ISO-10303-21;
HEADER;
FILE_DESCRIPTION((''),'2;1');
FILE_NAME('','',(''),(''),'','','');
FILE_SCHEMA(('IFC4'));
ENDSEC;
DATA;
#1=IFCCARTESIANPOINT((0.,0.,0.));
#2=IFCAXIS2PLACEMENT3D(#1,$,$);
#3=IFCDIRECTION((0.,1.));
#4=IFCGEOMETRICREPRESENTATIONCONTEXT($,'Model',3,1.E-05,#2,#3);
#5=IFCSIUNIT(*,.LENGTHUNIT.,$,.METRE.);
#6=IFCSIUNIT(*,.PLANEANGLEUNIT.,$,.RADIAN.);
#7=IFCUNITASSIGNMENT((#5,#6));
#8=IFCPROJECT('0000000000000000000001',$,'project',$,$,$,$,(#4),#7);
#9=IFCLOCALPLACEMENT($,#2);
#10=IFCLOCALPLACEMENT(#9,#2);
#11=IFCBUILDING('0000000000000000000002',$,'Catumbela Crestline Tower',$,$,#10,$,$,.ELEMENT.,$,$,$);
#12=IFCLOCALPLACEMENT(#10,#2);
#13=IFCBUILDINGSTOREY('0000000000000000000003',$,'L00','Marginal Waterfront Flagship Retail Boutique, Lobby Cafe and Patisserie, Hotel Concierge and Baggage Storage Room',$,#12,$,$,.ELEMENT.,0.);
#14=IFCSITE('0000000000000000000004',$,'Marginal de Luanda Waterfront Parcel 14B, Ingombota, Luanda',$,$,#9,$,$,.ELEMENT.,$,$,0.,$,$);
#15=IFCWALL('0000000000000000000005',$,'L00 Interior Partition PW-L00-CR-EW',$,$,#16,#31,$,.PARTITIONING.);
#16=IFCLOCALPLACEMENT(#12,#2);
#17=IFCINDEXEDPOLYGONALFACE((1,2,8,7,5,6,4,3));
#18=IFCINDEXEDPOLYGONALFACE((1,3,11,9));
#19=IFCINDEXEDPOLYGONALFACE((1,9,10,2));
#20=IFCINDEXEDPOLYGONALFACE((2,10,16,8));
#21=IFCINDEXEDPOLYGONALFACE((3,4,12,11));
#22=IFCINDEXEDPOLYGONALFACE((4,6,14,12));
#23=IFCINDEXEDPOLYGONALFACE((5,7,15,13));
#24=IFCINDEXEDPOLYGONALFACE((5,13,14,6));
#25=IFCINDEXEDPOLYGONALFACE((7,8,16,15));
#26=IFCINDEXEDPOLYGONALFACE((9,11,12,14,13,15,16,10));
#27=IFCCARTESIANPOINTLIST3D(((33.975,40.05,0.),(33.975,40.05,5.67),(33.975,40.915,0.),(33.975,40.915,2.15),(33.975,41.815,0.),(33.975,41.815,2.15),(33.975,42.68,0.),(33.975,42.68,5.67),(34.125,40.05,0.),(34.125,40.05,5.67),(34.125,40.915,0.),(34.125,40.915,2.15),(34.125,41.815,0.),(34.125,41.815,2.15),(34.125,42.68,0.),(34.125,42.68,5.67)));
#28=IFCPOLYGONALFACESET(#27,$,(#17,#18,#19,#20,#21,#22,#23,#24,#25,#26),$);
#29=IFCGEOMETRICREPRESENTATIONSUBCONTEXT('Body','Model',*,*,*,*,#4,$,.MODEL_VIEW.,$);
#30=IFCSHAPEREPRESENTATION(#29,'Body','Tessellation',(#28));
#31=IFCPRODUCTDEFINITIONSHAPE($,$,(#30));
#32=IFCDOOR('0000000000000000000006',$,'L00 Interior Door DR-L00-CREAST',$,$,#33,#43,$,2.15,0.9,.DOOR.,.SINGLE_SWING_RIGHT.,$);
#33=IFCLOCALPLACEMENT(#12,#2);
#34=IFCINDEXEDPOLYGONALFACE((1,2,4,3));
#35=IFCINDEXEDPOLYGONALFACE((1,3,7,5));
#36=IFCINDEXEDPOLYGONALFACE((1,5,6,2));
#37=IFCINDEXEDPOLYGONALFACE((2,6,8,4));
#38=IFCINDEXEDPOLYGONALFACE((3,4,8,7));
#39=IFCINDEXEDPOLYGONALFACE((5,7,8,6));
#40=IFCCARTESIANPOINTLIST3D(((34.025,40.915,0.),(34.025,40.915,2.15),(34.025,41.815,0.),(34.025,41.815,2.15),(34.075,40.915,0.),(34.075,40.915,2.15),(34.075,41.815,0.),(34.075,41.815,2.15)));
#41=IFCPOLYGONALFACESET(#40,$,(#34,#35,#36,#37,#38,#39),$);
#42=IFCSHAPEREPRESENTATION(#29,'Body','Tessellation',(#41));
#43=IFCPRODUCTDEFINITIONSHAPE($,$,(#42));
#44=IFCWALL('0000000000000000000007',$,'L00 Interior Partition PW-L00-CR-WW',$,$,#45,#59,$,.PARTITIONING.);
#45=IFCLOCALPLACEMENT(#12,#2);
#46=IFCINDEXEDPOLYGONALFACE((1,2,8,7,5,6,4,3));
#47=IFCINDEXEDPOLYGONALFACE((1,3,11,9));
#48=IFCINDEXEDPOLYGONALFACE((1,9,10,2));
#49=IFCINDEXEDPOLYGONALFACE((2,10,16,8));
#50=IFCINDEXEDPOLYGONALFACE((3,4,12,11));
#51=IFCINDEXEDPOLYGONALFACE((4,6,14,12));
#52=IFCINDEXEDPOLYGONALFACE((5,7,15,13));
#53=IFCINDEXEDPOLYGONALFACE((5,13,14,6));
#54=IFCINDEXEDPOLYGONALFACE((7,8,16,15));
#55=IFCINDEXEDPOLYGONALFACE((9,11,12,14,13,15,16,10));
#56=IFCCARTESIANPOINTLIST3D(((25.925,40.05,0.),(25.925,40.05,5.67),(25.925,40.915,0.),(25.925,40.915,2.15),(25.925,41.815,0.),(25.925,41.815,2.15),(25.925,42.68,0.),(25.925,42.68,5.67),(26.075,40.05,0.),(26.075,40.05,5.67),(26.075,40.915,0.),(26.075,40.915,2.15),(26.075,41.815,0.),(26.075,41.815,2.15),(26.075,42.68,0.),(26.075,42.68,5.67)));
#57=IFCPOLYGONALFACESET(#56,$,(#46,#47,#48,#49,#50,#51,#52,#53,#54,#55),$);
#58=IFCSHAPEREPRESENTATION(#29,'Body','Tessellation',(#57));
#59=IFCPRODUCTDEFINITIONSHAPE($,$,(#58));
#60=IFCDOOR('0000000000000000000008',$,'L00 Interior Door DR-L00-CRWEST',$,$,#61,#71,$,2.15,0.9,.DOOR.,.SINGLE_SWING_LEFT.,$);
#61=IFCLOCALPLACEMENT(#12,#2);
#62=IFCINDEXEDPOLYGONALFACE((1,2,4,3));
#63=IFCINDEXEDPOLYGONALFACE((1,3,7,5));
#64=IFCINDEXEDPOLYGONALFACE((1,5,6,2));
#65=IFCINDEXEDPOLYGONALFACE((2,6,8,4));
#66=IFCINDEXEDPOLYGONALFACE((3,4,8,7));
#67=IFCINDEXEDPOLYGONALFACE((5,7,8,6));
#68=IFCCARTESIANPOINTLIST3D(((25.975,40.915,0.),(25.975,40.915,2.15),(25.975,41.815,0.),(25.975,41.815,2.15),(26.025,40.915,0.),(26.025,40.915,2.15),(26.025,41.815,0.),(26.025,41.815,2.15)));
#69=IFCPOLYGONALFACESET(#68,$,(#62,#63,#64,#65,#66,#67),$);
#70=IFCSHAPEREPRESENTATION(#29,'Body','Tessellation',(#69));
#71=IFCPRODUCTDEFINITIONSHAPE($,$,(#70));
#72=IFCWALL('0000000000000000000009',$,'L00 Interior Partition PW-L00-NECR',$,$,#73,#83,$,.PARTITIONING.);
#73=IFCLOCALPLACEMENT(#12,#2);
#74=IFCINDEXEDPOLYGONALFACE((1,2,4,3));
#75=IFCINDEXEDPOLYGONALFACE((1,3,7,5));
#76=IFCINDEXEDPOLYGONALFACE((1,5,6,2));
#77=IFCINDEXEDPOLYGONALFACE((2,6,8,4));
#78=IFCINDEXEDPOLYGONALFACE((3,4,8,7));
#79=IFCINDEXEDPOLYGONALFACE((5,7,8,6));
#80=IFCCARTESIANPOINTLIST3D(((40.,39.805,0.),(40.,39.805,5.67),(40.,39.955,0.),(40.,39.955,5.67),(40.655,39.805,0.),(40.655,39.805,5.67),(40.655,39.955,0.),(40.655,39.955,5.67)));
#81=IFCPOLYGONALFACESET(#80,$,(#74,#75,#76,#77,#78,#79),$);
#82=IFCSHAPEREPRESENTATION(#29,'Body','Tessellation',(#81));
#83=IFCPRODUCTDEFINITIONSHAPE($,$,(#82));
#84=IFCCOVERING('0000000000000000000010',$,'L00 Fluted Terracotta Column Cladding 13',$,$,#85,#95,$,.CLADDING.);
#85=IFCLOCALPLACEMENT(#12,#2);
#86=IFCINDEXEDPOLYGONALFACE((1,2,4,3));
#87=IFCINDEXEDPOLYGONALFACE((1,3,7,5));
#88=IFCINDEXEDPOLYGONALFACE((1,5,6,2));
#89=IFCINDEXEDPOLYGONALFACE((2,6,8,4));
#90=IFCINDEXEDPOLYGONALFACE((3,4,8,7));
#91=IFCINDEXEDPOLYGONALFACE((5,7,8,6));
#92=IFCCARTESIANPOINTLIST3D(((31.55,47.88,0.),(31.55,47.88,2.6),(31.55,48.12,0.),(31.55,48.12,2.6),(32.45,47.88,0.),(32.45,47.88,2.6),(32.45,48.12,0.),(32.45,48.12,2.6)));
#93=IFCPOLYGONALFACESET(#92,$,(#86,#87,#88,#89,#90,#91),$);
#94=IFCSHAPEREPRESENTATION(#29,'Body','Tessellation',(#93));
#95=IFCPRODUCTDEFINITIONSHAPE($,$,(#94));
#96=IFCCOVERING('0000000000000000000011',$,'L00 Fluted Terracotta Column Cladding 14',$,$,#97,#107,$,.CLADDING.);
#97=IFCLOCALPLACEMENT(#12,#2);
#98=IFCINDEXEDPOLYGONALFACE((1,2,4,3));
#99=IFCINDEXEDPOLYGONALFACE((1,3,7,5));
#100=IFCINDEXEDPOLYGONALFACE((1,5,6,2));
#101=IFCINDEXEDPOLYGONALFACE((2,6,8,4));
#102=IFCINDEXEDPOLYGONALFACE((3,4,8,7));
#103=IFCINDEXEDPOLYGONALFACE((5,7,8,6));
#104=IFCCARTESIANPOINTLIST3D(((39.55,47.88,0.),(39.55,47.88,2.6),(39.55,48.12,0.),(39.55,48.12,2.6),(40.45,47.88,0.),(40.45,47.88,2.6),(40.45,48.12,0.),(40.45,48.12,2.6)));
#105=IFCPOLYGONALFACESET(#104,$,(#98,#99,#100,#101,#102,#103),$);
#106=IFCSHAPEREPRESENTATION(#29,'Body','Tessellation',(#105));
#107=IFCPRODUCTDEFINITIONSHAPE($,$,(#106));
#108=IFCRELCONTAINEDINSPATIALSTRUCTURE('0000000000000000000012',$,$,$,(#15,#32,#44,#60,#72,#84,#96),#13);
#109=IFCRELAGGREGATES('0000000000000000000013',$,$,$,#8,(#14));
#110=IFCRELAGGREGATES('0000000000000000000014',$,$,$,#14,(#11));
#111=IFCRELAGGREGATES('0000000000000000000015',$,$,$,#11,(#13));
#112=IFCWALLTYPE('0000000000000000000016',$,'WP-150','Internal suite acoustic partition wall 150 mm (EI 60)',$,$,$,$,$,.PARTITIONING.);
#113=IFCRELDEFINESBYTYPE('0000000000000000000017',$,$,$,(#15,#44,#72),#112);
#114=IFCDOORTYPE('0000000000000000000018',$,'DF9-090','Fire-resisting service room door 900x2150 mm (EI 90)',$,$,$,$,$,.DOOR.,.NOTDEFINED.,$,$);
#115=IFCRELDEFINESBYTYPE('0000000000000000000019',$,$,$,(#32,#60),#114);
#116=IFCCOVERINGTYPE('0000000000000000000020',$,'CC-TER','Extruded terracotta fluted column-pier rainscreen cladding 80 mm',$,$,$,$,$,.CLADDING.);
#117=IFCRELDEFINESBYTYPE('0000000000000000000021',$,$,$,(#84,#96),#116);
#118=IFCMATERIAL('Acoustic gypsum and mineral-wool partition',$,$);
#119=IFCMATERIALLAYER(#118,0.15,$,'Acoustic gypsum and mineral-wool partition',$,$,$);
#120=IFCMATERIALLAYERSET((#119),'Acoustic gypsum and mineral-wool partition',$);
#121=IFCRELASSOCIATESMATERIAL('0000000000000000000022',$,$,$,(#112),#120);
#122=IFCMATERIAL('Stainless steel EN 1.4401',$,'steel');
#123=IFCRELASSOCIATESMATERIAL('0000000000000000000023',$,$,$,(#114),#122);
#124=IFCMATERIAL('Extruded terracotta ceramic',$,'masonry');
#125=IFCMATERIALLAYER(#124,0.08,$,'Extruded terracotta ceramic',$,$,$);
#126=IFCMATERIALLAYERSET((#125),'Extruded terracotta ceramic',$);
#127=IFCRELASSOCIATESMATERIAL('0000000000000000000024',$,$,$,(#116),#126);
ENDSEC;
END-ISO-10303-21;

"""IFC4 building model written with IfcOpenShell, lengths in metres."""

from ifc_helpers import new_model, si_unit, direction, frame, frame_2d, origin, origin_2d, place, context, subcontext, project, spatial, rectangle, extrude, material, layer, layer_set, type_object, element, fill, save


model = new_model("IFC4")

# Units and contexts
model_context = context("Model", 3, precision=1e-05, world=origin(), true_north=direction((0.0, 1.0)))
body_context = subcontext(model_context, "Body", "Model", "MODEL_VIEW")
ifc_project = project(units=[si_unit("LENGTHUNIT", "METRE"), si_unit("PLANEANGLEUNIT", "RADIAN")], contexts=[model_context])

# Site, building, storey
site_placement = place(None, origin())
site = spatial("IfcSite", under=ifc_project, at=site_placement, Name="Marginal de Luanda Waterfront Parcel 14B, Ingombota, Luanda", CompositionType="ELEMENT", RefElevation=0.0)
building_placement = place(site_placement, origin())
building = spatial("IfcBuilding", under=site, at=building_placement, Name="Catumbela Crestline Tower", CompositionType="ELEMENT")
storey_placement = place(building_placement, origin())
storey = spatial("IfcBuildingStorey", under=building, at=storey_placement, Name="L00", Description="Marginal Waterfront Flagship Retail Boutique, Lobby Cafe and Patisserie, Hotel Concierge and Baggage Storage Room", CompositionType="ELEMENT", Elevation=0.0)

# Shared definitions
ifc_material_1 = material(Name="Acoustic gypsum and mineral-wool partition")
ifc_layer_1 = layer(ifc_material_1, 0.15, Name="Acoustic gypsum and mineral-wool partition")
ifc_layer_set_1 = layer_set([ifc_layer_1], Name="Acoustic gypsum and mineral-wool partition")
wall_type = type_object("IfcWallType", Name="WP-150", Description="Internal suite acoustic partition wall 150 mm (EI 60)", PredefinedType="PARTITIONING", material=ifc_layer_set_1)

# Walls, openings, doors
wall_1_placement = place(storey_placement, frame((34.05, 40.05, 0.0), z_axis=(0.0, 0.0, 1.0), x_axis=(0.0, 1.0, 0.0)))
wall_1 = element("IfcWall", 1, at=wall_1_placement, inside=storey, type_object=wall_type, Name="L00 Interior Partition PW-L00-CR-EW", PredefinedType="PARTITIONING", context=body_context, shape_type="SweptSolid", body=[
    extrude(rectangle(XDim=2.63, YDim=0.15, at=frame_2d((1.315, 0.0))), origin(), (0.0, 0.0, 1.0), 5.67),
])
opening_1_placement = place(wall_1_placement, frame((0.865, 0.0, 0.0)))
opening_1 = element("IfcOpeningElement", 2, at=opening_1_placement, cuts=wall_1, PredefinedType="OPENING", context=body_context, shape_type="SweptSolid", body=[
    extrude(rectangle(XDim=0.9, YDim=2.15, at=frame_2d((0.45, 1.075))), frame((0.0, 0.085, 0.0), z_axis=(0.0, -1.0, 0.0), x_axis=(1.0, 0.0, 0.0)), (0.0, 0.0, 1.0), 0.17),
])
ifc_material_2 = material(Name="Stainless steel EN 1.4401", Category="steel")
door_type = type_object("IfcDoorType", Name="DF9-090", Description="Fire-resisting service room door 900x2150 mm (EI 90)", OperationType="NOTDEFINED", PredefinedType="DOOR", material=ifc_material_2)
door_1_placement = place(opening_1_placement, origin())
door_1 = element("IfcDoor", 3, at=door_1_placement, inside=storey, type_object=door_type, Name="L00 Interior Door DR-L00-CREAST", OperationType="SINGLE_SWING_RIGHT", OverallHeight=2.15, OverallWidth=0.9, PredefinedType="DOOR", context=body_context, shape_type="SweptSolid", body=[
    extrude(rectangle(XDim=0.9, YDim=2.15, at=frame_2d((0.45, 1.075))), frame((0.0, 0.025, 0.0), z_axis=(0.0, -1.0, 0.0), x_axis=(1.0, 0.0, 0.0)), (0.0, 0.0, 1.0), 0.05),
])
fill(opening_1, door_1)
wall_2_placement = place(storey_placement, frame((26.0, 40.05, 0.0), z_axis=(0.0, 0.0, 1.0), x_axis=(0.0, 1.0, 0.0)))
wall_2 = element("IfcWall", 4, at=wall_2_placement, inside=storey, type_object=wall_type, Name="L00 Interior Partition PW-L00-CR-WW", PredefinedType="PARTITIONING", context=body_context, shape_type="SweptSolid", body=[
    extrude(rectangle(XDim=2.63, YDim=0.15, at=frame_2d((1.315, 0.0))), origin(), (0.0, 0.0, 1.0), 5.67),
])
opening_2_placement = place(wall_2_placement, frame((0.865, 0.0, 0.0)))
opening_2 = element("IfcOpeningElement", 5, at=opening_2_placement, cuts=wall_2, PredefinedType="OPENING", context=body_context, shape_type="SweptSolid", body=[
    extrude(rectangle(XDim=0.9, YDim=2.15, at=frame_2d((0.45, 1.075))), frame((0.0, 0.085, 0.0), z_axis=(0.0, -1.0, 0.0), x_axis=(1.0, 0.0, 0.0)), (0.0, 0.0, 1.0), 0.17),
])
door_2_placement = place(opening_2_placement, origin())
door_2 = element("IfcDoor", 6, at=door_2_placement, inside=storey, type_object=door_type, Name="L00 Interior Door DR-L00-CRWEST", OperationType="SINGLE_SWING_LEFT", OverallHeight=2.15, OverallWidth=0.9, PredefinedType="DOOR", context=body_context, shape_type="SweptSolid", body=[
    extrude(rectangle(XDim=0.9, YDim=2.15, at=frame_2d((0.45, 1.075))), frame((0.0, 0.025, 0.0), z_axis=(0.0, -1.0, 0.0), x_axis=(1.0, 0.0, 0.0)), (0.0, 0.0, 1.0), 0.05),
])
fill(opening_2, door_2)

# Wall
wall_3_placement = place(storey_placement, frame((40.0, 39.88, 0.0), z_axis=(0.0, 0.0, 1.0), x_axis=(1.0, 0.0, 0.0)))
element("IfcWall", 7, at=wall_3_placement, inside=storey, type_object=wall_type, Name="L00 Interior Partition PW-L00-NECR", PredefinedType="PARTITIONING", context=body_context, shape_type="SweptSolid", body=[
    extrude(rectangle(XDim=0.655, YDim=0.15, at=frame_2d((0.3275, 0.0))), origin(), (0.0, 0.0, 1.0), 5.67),
])

# Coverings
ifc_material_3 = material(Name="Extruded terracotta ceramic", Category="masonry")
ifc_layer_2 = layer(ifc_material_3, 0.08, Name="Extruded terracotta ceramic")
ifc_layer_set_2 = layer_set([ifc_layer_2], Name="Extruded terracotta ceramic")
covering_type = type_object("IfcCoveringType", Name="CC-TER", Description="Extruded terracotta fluted column-pier rainscreen cladding 80 mm", PredefinedType="CLADDING", material=ifc_layer_set_2)
for number, where, z_axis, x_axis, name in (
    (8, (32.0, 48.0, 0.0), (0.0, 0.0, 1.0), (-1.0, 0.0, 0.0), "L00 Fluted Terracotta Column Cladding 13"),
    (9, (40.0, 48.0, 0.0), (0.0, 0.0, 1.0), (-1.0, 0.0, 0.0), "L00 Fluted Terracotta Column Cladding 14"),
):
    element("IfcCovering", number, at=place(storey_placement, frame(where, z_axis=z_axis, x_axis=x_axis)), inside=storey, type_object=covering_type, Name=name, PredefinedType="CLADDING", context=body_context, shape_type="SweptSolid", body=[
        extrude(rectangle(XDim=0.9, YDim=0.24, at=origin_2d()), origin(), (0.0, 0.0, 1.0), 2.6),
    ])

save(model, "model.ifc")
